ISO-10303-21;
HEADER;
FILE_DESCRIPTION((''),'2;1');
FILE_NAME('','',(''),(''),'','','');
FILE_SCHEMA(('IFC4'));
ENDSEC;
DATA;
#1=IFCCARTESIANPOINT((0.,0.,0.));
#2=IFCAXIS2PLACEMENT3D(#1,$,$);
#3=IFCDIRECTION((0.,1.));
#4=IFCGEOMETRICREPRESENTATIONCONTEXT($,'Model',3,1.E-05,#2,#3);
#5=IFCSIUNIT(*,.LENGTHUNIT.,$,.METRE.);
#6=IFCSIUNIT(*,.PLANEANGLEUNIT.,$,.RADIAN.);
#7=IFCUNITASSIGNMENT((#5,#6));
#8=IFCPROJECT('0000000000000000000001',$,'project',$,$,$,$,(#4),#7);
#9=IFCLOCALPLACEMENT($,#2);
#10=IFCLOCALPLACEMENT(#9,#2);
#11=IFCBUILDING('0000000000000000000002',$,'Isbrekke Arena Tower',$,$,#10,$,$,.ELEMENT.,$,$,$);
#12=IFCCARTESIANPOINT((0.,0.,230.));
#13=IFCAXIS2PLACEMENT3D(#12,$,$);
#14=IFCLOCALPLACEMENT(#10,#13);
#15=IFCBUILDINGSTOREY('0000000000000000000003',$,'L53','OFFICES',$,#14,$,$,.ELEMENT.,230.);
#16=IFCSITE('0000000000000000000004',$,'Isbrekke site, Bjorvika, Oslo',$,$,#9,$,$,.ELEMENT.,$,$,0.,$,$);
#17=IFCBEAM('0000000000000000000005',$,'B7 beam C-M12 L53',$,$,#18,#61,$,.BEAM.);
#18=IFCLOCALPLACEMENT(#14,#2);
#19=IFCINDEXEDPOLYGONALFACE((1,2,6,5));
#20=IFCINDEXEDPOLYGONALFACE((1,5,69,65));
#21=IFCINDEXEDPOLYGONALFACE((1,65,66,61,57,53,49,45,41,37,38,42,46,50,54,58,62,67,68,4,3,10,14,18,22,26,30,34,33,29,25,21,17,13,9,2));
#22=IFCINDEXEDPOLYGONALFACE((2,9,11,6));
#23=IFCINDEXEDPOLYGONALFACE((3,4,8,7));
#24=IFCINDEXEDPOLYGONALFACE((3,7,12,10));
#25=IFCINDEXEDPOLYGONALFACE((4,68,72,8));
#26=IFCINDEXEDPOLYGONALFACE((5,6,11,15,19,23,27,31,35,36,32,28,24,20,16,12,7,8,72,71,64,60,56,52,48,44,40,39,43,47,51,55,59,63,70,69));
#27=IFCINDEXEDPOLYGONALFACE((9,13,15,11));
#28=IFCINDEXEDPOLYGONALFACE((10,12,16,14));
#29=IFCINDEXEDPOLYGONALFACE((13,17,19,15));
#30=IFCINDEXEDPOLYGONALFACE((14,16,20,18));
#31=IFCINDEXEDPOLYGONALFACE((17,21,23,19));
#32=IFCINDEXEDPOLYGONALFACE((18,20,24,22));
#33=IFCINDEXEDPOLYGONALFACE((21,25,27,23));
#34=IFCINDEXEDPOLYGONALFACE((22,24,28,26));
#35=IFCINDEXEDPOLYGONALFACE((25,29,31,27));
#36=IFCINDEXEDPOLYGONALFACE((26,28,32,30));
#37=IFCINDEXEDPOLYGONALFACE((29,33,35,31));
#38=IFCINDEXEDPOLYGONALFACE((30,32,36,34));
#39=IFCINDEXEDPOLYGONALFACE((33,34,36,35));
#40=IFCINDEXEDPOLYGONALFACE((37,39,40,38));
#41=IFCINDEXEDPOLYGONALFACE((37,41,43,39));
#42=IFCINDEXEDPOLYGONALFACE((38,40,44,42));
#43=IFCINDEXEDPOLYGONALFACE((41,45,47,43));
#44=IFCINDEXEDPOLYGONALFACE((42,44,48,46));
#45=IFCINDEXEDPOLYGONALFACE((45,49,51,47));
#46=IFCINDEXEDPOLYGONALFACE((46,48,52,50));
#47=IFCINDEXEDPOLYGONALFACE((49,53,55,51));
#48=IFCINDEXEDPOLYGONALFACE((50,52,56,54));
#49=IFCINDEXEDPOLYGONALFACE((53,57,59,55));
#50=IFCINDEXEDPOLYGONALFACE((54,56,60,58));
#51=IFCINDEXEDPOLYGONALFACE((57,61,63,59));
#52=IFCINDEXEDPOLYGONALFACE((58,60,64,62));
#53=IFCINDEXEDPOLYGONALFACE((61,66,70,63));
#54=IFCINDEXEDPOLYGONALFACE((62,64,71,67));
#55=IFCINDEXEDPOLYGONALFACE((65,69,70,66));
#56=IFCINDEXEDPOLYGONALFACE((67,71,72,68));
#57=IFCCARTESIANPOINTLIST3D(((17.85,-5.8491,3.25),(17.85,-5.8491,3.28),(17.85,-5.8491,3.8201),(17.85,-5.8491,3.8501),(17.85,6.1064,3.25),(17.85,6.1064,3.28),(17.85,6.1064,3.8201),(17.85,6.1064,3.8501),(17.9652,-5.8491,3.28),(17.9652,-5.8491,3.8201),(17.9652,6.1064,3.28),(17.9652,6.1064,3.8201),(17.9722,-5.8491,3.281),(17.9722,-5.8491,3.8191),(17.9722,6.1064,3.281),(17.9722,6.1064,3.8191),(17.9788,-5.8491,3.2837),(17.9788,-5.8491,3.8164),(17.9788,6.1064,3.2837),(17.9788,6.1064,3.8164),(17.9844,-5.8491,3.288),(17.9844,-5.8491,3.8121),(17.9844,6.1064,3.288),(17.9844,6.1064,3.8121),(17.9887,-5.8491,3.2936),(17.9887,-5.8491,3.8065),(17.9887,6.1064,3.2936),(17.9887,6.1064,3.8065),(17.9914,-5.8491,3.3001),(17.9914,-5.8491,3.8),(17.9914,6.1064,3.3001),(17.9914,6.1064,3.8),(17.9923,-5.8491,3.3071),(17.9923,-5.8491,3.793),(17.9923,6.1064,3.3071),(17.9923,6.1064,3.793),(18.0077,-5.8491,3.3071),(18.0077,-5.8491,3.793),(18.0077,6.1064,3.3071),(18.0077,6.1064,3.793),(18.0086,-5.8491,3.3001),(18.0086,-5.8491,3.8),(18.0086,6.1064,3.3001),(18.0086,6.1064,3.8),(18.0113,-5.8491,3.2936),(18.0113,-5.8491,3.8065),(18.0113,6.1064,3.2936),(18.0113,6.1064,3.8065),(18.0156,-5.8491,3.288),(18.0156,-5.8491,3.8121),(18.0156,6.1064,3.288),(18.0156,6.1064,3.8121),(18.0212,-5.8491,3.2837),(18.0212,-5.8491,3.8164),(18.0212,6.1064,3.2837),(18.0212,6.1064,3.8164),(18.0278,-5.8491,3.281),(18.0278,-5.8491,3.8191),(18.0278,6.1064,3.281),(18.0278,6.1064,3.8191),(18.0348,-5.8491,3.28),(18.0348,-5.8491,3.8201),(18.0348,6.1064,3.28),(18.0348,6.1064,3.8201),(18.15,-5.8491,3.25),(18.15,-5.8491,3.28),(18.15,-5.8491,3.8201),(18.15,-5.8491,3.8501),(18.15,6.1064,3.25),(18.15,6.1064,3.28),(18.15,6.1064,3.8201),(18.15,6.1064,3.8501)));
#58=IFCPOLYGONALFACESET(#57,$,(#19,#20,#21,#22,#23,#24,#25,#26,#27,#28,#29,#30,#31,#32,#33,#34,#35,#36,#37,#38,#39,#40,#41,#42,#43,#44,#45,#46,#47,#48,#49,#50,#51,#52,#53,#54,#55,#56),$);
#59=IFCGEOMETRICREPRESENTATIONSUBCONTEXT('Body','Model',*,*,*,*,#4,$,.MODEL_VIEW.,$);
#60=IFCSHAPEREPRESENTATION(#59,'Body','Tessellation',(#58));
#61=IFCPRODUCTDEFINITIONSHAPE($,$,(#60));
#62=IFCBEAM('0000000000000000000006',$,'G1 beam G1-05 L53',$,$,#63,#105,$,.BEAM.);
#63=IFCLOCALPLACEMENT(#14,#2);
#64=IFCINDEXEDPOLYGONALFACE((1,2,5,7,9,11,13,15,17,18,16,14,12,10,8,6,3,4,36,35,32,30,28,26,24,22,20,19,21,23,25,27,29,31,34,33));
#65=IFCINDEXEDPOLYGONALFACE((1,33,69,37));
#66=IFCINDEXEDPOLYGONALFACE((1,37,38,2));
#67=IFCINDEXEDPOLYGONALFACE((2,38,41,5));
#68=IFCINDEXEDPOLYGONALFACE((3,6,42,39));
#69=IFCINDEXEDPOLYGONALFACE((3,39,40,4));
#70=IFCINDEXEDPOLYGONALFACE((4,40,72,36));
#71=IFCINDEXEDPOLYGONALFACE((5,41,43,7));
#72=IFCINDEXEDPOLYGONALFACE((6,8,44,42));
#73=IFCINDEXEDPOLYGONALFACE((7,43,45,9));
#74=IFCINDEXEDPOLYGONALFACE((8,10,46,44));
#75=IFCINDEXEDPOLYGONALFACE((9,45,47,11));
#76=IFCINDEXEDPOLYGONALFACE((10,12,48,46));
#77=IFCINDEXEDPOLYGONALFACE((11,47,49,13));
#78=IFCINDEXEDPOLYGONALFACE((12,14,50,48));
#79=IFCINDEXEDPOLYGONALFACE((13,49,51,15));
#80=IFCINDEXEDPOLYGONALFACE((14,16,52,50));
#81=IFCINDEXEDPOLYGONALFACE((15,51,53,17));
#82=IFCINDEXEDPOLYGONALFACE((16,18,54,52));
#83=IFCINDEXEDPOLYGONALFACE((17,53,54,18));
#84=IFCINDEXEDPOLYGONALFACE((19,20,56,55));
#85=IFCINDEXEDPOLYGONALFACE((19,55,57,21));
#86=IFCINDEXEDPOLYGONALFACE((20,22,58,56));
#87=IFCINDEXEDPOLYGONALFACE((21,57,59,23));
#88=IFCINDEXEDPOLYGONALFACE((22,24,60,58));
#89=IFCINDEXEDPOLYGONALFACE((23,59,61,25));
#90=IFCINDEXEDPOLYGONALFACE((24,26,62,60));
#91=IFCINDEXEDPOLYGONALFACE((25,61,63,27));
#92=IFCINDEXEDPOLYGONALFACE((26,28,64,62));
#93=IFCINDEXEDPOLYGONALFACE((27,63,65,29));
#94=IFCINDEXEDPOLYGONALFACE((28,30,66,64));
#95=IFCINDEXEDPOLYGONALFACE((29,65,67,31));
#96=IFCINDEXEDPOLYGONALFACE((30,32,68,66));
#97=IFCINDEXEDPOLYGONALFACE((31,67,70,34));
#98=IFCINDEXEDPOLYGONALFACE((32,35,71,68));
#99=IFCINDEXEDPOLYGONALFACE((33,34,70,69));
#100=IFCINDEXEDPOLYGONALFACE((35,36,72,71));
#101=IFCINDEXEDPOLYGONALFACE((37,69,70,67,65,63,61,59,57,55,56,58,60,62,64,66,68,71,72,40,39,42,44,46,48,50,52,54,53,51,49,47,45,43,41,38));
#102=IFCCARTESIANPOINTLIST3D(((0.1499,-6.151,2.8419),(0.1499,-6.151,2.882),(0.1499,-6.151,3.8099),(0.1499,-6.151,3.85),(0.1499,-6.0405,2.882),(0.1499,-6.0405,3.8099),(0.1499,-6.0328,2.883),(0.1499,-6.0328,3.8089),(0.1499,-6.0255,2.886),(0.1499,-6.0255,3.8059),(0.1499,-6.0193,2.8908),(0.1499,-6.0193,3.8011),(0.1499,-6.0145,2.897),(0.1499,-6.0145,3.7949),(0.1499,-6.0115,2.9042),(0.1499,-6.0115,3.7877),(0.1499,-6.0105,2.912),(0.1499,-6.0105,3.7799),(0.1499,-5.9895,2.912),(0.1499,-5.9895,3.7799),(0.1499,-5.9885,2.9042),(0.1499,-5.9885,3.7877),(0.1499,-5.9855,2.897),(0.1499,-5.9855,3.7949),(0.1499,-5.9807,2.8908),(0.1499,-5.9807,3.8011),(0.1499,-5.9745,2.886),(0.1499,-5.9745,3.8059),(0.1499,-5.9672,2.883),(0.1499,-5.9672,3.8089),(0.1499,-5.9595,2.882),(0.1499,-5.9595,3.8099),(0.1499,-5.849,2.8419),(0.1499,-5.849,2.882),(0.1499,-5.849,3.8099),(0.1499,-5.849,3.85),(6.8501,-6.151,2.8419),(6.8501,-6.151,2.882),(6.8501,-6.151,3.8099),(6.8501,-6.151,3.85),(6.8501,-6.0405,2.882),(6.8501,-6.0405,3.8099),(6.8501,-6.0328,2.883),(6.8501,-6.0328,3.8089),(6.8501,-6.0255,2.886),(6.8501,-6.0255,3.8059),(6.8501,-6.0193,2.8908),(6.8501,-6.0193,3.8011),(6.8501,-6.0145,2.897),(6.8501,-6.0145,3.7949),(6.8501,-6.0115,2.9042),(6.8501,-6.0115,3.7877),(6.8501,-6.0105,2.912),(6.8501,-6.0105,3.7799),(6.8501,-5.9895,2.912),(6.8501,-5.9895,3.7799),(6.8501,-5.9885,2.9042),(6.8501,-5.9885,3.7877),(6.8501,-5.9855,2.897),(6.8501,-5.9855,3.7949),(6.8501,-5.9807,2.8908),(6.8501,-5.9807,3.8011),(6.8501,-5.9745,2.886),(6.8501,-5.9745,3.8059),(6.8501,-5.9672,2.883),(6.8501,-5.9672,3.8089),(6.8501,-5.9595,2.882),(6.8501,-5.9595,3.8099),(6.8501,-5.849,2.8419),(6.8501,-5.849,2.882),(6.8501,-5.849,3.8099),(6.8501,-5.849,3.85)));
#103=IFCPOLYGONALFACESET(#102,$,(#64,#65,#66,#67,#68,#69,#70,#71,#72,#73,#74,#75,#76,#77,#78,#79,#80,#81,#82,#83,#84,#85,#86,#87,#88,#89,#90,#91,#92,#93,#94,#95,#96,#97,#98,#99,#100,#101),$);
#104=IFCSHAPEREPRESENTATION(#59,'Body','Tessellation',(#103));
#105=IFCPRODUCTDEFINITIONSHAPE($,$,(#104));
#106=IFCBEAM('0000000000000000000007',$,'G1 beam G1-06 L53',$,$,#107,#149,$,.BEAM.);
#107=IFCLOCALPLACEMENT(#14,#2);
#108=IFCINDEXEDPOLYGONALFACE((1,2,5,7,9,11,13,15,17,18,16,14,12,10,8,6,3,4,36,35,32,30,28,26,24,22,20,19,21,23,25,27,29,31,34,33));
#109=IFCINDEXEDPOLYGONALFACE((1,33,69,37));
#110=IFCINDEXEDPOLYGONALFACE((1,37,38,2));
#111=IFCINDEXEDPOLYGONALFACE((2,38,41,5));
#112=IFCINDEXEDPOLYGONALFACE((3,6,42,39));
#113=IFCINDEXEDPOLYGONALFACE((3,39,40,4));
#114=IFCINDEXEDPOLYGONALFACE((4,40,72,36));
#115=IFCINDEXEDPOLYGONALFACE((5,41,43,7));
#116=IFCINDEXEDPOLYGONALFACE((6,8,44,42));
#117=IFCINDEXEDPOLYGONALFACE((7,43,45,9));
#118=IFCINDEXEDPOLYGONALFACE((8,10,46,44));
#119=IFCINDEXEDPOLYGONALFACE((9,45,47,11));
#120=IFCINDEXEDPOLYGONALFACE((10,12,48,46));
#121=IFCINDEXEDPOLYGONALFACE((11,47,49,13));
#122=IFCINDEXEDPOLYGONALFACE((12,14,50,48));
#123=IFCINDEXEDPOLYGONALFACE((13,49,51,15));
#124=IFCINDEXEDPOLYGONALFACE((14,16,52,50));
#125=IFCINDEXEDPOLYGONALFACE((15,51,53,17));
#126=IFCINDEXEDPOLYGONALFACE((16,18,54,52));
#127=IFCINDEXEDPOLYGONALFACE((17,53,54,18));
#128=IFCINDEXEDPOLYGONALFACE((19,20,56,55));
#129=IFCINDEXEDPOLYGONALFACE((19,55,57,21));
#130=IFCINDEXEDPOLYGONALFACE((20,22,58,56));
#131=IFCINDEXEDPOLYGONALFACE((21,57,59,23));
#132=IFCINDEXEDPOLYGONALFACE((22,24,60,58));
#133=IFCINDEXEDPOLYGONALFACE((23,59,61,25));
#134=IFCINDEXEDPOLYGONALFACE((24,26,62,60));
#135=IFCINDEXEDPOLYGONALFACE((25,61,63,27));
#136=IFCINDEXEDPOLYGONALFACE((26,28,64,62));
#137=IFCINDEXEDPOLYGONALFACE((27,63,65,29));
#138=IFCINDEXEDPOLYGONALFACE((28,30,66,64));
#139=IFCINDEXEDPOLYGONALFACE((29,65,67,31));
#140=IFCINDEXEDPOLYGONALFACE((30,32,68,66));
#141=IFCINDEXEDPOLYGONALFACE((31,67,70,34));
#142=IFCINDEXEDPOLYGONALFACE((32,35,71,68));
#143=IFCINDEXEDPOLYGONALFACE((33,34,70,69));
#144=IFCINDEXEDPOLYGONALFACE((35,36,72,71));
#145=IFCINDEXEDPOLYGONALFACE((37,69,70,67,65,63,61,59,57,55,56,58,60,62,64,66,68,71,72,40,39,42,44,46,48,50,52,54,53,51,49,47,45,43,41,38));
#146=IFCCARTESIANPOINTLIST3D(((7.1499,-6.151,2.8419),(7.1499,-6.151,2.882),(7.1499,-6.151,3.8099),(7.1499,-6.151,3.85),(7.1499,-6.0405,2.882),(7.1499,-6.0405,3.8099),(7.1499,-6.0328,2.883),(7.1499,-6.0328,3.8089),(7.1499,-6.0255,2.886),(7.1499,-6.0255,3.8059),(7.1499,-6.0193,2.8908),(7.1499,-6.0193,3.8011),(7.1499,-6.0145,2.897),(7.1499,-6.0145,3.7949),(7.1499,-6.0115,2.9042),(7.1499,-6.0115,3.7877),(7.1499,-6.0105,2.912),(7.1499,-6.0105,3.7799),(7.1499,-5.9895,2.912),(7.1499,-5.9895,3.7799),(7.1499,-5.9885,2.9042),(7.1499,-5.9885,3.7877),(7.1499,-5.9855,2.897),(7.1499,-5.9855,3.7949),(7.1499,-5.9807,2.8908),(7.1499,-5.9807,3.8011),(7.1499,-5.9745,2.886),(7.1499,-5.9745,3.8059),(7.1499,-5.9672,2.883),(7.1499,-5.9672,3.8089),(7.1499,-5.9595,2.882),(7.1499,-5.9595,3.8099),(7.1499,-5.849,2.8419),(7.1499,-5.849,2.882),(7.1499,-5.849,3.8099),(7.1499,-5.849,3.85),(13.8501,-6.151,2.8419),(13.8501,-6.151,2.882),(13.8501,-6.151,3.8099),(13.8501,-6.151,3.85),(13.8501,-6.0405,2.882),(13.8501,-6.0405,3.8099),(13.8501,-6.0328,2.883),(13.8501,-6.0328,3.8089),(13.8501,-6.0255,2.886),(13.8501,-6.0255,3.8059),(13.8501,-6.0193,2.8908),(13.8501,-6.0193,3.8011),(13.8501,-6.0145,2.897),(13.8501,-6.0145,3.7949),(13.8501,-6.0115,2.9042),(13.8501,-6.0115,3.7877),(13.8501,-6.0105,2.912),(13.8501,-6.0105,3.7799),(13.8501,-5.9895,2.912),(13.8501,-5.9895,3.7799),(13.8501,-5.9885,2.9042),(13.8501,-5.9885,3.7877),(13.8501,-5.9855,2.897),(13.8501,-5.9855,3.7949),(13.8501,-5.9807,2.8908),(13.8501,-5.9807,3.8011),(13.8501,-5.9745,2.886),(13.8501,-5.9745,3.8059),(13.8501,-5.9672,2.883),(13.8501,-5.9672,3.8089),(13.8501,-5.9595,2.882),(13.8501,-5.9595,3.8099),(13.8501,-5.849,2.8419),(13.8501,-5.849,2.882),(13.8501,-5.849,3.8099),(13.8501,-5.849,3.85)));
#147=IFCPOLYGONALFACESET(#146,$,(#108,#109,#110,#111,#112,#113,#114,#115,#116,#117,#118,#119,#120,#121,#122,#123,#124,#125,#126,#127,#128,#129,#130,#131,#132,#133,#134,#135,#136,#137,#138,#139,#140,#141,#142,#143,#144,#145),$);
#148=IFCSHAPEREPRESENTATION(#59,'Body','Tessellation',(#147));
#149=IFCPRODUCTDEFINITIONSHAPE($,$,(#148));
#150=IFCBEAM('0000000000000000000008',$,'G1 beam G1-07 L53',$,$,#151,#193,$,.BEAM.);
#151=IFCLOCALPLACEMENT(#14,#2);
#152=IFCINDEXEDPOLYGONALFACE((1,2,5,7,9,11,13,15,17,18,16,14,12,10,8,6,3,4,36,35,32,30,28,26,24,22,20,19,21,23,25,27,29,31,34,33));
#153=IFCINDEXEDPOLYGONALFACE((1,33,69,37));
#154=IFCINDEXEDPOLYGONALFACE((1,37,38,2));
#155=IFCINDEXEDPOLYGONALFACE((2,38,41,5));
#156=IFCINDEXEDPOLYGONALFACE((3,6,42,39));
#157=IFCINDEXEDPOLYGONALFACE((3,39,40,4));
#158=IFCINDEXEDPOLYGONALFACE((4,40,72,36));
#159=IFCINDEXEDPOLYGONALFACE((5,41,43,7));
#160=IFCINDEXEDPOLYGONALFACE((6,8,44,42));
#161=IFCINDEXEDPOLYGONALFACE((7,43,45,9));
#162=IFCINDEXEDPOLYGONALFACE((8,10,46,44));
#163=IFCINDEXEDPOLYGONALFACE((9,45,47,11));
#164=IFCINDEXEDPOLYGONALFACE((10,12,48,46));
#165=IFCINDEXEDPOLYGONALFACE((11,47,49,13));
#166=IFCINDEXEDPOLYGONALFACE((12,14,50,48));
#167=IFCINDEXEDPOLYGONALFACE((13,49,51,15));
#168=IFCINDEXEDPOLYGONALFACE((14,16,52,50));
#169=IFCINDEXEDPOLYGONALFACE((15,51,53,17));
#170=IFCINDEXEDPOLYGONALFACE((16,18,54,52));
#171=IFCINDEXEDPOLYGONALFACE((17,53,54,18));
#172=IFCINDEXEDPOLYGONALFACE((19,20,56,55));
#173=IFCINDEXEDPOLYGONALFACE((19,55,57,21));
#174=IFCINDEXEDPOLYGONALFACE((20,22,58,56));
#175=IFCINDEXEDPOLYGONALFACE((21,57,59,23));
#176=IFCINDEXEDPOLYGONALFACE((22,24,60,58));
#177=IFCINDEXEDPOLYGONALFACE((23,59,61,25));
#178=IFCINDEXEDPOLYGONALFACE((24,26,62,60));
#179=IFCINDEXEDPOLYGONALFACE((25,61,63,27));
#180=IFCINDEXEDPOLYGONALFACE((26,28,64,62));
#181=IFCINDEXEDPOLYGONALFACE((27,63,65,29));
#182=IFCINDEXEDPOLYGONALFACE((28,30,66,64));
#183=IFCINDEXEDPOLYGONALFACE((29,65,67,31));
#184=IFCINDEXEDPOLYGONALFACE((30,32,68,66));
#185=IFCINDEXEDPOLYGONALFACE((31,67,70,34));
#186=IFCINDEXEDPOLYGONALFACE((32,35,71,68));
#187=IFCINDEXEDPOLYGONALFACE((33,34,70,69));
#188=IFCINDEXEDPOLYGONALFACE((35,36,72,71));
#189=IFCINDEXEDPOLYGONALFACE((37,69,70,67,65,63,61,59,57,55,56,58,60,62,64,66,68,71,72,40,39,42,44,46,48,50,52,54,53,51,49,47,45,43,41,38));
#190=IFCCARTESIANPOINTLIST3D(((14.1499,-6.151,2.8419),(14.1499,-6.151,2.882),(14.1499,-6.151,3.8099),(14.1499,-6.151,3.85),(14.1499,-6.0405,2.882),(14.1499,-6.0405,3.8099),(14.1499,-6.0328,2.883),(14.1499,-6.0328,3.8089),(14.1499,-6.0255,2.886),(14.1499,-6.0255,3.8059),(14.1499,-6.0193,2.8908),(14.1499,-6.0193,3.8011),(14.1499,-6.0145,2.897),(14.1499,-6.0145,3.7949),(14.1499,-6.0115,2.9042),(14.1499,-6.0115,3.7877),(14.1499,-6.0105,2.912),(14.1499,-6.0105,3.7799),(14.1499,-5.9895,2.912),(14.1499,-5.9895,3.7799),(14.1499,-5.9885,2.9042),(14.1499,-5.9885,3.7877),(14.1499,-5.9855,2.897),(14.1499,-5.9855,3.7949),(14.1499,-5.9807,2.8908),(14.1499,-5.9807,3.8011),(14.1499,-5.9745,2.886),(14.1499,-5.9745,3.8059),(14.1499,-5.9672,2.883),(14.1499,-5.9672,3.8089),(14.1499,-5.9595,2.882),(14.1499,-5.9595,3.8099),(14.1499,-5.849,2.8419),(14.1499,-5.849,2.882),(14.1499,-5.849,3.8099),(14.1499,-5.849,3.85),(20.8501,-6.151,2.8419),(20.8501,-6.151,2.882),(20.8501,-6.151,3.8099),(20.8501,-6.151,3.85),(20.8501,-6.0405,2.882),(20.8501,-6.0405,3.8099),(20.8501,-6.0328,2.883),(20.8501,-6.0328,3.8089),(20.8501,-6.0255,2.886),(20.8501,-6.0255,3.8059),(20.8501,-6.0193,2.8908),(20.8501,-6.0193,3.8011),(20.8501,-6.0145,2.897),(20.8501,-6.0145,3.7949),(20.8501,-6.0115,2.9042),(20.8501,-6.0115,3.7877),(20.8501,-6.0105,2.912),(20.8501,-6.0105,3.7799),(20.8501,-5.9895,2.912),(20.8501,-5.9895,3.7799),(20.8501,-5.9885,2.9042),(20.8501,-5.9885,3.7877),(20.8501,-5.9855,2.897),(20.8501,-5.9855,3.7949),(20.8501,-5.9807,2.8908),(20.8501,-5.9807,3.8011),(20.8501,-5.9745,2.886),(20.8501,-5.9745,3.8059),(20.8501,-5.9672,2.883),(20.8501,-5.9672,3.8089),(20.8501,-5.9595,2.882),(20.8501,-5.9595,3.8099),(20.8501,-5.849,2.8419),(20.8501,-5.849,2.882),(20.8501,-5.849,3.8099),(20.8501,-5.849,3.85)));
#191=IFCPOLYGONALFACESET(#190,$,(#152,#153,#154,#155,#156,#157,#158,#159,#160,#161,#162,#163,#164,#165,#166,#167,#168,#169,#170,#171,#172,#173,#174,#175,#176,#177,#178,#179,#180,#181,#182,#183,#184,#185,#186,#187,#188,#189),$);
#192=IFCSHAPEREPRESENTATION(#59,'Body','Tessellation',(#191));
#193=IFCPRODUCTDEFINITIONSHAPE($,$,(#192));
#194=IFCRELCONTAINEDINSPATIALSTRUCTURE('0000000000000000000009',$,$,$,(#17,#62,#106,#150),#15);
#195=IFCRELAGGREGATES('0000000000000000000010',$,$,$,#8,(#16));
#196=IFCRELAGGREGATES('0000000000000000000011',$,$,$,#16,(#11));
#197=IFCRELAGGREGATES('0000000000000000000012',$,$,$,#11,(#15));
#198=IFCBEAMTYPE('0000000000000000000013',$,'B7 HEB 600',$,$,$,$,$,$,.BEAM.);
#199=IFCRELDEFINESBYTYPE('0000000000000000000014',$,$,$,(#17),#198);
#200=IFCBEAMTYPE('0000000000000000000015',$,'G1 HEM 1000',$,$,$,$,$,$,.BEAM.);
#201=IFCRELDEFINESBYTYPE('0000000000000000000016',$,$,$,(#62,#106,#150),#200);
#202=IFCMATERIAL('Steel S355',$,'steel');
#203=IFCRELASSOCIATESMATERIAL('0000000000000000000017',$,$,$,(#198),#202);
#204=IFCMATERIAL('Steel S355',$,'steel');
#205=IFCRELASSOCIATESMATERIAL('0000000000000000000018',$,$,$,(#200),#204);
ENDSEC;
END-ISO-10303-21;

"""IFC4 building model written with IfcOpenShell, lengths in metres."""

from ifc_helpers import new_model, si_unit, direction, frame, origin, origin_2d, place, context, subcontext, project, spatial, i_section, extrude, material, material_profile, profile_set, type_object, element, save


model = new_model("IFC4")

# Units and contexts
model_context = context("Model", 3, precision=1e-05, world=origin(), true_north=direction((0.0, 1.0)))
body_context = subcontext(model_context, "Body", "Model", "MODEL_VIEW")
ifc_project = project(units=[si_unit("LENGTHUNIT", "METRE"), si_unit("PLANEANGLEUNIT", "RADIAN")], contexts=[model_context])

# Site, building, storey
site_placement = place(None, origin())
site = spatial("IfcSite", under=ifc_project, at=site_placement, Name="Isbrekke site, Bjorvika, Oslo", CompositionType="ELEMENT", RefElevation=0.0)
building_placement = place(site_placement, origin())
building = spatial("IfcBuilding", under=site, at=building_placement, Name="Isbrekke Arena Tower", CompositionType="ELEMENT")
storey_placement = place(building_placement, frame((0.0, 0.0, 230.0)))
storey = spatial("IfcBuildingStorey", under=building, at=storey_placement, Name="L53", Description="OFFICES", CompositionType="ELEMENT", Elevation=230.0)

# Beams
ifc_material_1 = material(Name="Steel S355", Category="steel")
ifc_material_profile_1 = material_profile(ifc_material_1, i_section(OverallWidth=0.3, OverallDepth=0.6001, WebThickness=0.0154, FlangeThickness=0.03, FilletRadius=0.0271, at=origin_2d()), Name="HEB 600")
ifc_profile_set_1 = profile_set([ifc_material_profile_1], Name="Steel S355")
beam_type_1 = type_object("IfcBeamType", Name="B7 HEB 600", PredefinedType="BEAM", material=ifc_profile_set_1)
beam_1_placement = place(storey_placement, frame((18.0, -5.8491, 3.55), z_axis=(0.0, 1.0, 0.0), x_axis=(-1.0, 0.0, 0.0)))
element("IfcBeam", 1, at=beam_1_placement, inside=storey, type_object=beam_type_1, Name="B7 beam C-M12 L53", PredefinedType="BEAM", context=body_context, shape_type="SweptSolid", body=[
    extrude(i_section(OverallWidth=0.3, OverallDepth=0.6001, WebThickness=0.0154, FlangeThickness=0.03, FilletRadius=0.0271, at=origin_2d()), origin(), (0.0, 0.0, 1.0), 11.9556),
])
ifc_material_2 = material(Name="Steel S355", Category="steel")
ifc_material_profile_2 = material_profile(ifc_material_2, i_section(OverallWidth=0.302, OverallDepth=1.0081, WebThickness=0.021, FlangeThickness=0.04, FilletRadius=0.03, at=origin_2d()), Name="HEM 1000")
ifc_profile_set_2 = profile_set([ifc_material_profile_2], Name="Steel S355")
beam_type_2 = type_object("IfcBeamType", Name="G1 HEM 1000", PredefinedType="BEAM", material=ifc_profile_set_2)
for number, where, z_axis, x_axis, name in (
    (2, (0.1499, -6.0, 3.3459), (1.0, 0.0, 0.0), (0.0, 1.0, 0.0), "G1 beam G1-05 L53"),
    (3, (7.1499, -6.0, 3.3459), (1.0, 0.0, 0.0), (0.0, 1.0, 0.0), "G1 beam G1-06 L53"),
    (4, (14.1499, -6.0, 3.3459), (1.0, 0.0, 0.0), (0.0, 1.0, 0.0), "G1 beam G1-07 L53"),
):
    element("IfcBeam", number, at=place(storey_placement, frame(where, z_axis=z_axis, x_axis=x_axis)), inside=storey, type_object=beam_type_2, Name=name, PredefinedType="BEAM", context=body_context, shape_type="SweptSolid", body=[
        extrude(i_section(OverallWidth=0.302, OverallDepth=1.0081, WebThickness=0.021, FlangeThickness=0.04, FilletRadius=0.03, at=origin_2d()), origin(), (0.0, 0.0, 1.0), 6.7002),
    ])

save(model, "model.ifc")
